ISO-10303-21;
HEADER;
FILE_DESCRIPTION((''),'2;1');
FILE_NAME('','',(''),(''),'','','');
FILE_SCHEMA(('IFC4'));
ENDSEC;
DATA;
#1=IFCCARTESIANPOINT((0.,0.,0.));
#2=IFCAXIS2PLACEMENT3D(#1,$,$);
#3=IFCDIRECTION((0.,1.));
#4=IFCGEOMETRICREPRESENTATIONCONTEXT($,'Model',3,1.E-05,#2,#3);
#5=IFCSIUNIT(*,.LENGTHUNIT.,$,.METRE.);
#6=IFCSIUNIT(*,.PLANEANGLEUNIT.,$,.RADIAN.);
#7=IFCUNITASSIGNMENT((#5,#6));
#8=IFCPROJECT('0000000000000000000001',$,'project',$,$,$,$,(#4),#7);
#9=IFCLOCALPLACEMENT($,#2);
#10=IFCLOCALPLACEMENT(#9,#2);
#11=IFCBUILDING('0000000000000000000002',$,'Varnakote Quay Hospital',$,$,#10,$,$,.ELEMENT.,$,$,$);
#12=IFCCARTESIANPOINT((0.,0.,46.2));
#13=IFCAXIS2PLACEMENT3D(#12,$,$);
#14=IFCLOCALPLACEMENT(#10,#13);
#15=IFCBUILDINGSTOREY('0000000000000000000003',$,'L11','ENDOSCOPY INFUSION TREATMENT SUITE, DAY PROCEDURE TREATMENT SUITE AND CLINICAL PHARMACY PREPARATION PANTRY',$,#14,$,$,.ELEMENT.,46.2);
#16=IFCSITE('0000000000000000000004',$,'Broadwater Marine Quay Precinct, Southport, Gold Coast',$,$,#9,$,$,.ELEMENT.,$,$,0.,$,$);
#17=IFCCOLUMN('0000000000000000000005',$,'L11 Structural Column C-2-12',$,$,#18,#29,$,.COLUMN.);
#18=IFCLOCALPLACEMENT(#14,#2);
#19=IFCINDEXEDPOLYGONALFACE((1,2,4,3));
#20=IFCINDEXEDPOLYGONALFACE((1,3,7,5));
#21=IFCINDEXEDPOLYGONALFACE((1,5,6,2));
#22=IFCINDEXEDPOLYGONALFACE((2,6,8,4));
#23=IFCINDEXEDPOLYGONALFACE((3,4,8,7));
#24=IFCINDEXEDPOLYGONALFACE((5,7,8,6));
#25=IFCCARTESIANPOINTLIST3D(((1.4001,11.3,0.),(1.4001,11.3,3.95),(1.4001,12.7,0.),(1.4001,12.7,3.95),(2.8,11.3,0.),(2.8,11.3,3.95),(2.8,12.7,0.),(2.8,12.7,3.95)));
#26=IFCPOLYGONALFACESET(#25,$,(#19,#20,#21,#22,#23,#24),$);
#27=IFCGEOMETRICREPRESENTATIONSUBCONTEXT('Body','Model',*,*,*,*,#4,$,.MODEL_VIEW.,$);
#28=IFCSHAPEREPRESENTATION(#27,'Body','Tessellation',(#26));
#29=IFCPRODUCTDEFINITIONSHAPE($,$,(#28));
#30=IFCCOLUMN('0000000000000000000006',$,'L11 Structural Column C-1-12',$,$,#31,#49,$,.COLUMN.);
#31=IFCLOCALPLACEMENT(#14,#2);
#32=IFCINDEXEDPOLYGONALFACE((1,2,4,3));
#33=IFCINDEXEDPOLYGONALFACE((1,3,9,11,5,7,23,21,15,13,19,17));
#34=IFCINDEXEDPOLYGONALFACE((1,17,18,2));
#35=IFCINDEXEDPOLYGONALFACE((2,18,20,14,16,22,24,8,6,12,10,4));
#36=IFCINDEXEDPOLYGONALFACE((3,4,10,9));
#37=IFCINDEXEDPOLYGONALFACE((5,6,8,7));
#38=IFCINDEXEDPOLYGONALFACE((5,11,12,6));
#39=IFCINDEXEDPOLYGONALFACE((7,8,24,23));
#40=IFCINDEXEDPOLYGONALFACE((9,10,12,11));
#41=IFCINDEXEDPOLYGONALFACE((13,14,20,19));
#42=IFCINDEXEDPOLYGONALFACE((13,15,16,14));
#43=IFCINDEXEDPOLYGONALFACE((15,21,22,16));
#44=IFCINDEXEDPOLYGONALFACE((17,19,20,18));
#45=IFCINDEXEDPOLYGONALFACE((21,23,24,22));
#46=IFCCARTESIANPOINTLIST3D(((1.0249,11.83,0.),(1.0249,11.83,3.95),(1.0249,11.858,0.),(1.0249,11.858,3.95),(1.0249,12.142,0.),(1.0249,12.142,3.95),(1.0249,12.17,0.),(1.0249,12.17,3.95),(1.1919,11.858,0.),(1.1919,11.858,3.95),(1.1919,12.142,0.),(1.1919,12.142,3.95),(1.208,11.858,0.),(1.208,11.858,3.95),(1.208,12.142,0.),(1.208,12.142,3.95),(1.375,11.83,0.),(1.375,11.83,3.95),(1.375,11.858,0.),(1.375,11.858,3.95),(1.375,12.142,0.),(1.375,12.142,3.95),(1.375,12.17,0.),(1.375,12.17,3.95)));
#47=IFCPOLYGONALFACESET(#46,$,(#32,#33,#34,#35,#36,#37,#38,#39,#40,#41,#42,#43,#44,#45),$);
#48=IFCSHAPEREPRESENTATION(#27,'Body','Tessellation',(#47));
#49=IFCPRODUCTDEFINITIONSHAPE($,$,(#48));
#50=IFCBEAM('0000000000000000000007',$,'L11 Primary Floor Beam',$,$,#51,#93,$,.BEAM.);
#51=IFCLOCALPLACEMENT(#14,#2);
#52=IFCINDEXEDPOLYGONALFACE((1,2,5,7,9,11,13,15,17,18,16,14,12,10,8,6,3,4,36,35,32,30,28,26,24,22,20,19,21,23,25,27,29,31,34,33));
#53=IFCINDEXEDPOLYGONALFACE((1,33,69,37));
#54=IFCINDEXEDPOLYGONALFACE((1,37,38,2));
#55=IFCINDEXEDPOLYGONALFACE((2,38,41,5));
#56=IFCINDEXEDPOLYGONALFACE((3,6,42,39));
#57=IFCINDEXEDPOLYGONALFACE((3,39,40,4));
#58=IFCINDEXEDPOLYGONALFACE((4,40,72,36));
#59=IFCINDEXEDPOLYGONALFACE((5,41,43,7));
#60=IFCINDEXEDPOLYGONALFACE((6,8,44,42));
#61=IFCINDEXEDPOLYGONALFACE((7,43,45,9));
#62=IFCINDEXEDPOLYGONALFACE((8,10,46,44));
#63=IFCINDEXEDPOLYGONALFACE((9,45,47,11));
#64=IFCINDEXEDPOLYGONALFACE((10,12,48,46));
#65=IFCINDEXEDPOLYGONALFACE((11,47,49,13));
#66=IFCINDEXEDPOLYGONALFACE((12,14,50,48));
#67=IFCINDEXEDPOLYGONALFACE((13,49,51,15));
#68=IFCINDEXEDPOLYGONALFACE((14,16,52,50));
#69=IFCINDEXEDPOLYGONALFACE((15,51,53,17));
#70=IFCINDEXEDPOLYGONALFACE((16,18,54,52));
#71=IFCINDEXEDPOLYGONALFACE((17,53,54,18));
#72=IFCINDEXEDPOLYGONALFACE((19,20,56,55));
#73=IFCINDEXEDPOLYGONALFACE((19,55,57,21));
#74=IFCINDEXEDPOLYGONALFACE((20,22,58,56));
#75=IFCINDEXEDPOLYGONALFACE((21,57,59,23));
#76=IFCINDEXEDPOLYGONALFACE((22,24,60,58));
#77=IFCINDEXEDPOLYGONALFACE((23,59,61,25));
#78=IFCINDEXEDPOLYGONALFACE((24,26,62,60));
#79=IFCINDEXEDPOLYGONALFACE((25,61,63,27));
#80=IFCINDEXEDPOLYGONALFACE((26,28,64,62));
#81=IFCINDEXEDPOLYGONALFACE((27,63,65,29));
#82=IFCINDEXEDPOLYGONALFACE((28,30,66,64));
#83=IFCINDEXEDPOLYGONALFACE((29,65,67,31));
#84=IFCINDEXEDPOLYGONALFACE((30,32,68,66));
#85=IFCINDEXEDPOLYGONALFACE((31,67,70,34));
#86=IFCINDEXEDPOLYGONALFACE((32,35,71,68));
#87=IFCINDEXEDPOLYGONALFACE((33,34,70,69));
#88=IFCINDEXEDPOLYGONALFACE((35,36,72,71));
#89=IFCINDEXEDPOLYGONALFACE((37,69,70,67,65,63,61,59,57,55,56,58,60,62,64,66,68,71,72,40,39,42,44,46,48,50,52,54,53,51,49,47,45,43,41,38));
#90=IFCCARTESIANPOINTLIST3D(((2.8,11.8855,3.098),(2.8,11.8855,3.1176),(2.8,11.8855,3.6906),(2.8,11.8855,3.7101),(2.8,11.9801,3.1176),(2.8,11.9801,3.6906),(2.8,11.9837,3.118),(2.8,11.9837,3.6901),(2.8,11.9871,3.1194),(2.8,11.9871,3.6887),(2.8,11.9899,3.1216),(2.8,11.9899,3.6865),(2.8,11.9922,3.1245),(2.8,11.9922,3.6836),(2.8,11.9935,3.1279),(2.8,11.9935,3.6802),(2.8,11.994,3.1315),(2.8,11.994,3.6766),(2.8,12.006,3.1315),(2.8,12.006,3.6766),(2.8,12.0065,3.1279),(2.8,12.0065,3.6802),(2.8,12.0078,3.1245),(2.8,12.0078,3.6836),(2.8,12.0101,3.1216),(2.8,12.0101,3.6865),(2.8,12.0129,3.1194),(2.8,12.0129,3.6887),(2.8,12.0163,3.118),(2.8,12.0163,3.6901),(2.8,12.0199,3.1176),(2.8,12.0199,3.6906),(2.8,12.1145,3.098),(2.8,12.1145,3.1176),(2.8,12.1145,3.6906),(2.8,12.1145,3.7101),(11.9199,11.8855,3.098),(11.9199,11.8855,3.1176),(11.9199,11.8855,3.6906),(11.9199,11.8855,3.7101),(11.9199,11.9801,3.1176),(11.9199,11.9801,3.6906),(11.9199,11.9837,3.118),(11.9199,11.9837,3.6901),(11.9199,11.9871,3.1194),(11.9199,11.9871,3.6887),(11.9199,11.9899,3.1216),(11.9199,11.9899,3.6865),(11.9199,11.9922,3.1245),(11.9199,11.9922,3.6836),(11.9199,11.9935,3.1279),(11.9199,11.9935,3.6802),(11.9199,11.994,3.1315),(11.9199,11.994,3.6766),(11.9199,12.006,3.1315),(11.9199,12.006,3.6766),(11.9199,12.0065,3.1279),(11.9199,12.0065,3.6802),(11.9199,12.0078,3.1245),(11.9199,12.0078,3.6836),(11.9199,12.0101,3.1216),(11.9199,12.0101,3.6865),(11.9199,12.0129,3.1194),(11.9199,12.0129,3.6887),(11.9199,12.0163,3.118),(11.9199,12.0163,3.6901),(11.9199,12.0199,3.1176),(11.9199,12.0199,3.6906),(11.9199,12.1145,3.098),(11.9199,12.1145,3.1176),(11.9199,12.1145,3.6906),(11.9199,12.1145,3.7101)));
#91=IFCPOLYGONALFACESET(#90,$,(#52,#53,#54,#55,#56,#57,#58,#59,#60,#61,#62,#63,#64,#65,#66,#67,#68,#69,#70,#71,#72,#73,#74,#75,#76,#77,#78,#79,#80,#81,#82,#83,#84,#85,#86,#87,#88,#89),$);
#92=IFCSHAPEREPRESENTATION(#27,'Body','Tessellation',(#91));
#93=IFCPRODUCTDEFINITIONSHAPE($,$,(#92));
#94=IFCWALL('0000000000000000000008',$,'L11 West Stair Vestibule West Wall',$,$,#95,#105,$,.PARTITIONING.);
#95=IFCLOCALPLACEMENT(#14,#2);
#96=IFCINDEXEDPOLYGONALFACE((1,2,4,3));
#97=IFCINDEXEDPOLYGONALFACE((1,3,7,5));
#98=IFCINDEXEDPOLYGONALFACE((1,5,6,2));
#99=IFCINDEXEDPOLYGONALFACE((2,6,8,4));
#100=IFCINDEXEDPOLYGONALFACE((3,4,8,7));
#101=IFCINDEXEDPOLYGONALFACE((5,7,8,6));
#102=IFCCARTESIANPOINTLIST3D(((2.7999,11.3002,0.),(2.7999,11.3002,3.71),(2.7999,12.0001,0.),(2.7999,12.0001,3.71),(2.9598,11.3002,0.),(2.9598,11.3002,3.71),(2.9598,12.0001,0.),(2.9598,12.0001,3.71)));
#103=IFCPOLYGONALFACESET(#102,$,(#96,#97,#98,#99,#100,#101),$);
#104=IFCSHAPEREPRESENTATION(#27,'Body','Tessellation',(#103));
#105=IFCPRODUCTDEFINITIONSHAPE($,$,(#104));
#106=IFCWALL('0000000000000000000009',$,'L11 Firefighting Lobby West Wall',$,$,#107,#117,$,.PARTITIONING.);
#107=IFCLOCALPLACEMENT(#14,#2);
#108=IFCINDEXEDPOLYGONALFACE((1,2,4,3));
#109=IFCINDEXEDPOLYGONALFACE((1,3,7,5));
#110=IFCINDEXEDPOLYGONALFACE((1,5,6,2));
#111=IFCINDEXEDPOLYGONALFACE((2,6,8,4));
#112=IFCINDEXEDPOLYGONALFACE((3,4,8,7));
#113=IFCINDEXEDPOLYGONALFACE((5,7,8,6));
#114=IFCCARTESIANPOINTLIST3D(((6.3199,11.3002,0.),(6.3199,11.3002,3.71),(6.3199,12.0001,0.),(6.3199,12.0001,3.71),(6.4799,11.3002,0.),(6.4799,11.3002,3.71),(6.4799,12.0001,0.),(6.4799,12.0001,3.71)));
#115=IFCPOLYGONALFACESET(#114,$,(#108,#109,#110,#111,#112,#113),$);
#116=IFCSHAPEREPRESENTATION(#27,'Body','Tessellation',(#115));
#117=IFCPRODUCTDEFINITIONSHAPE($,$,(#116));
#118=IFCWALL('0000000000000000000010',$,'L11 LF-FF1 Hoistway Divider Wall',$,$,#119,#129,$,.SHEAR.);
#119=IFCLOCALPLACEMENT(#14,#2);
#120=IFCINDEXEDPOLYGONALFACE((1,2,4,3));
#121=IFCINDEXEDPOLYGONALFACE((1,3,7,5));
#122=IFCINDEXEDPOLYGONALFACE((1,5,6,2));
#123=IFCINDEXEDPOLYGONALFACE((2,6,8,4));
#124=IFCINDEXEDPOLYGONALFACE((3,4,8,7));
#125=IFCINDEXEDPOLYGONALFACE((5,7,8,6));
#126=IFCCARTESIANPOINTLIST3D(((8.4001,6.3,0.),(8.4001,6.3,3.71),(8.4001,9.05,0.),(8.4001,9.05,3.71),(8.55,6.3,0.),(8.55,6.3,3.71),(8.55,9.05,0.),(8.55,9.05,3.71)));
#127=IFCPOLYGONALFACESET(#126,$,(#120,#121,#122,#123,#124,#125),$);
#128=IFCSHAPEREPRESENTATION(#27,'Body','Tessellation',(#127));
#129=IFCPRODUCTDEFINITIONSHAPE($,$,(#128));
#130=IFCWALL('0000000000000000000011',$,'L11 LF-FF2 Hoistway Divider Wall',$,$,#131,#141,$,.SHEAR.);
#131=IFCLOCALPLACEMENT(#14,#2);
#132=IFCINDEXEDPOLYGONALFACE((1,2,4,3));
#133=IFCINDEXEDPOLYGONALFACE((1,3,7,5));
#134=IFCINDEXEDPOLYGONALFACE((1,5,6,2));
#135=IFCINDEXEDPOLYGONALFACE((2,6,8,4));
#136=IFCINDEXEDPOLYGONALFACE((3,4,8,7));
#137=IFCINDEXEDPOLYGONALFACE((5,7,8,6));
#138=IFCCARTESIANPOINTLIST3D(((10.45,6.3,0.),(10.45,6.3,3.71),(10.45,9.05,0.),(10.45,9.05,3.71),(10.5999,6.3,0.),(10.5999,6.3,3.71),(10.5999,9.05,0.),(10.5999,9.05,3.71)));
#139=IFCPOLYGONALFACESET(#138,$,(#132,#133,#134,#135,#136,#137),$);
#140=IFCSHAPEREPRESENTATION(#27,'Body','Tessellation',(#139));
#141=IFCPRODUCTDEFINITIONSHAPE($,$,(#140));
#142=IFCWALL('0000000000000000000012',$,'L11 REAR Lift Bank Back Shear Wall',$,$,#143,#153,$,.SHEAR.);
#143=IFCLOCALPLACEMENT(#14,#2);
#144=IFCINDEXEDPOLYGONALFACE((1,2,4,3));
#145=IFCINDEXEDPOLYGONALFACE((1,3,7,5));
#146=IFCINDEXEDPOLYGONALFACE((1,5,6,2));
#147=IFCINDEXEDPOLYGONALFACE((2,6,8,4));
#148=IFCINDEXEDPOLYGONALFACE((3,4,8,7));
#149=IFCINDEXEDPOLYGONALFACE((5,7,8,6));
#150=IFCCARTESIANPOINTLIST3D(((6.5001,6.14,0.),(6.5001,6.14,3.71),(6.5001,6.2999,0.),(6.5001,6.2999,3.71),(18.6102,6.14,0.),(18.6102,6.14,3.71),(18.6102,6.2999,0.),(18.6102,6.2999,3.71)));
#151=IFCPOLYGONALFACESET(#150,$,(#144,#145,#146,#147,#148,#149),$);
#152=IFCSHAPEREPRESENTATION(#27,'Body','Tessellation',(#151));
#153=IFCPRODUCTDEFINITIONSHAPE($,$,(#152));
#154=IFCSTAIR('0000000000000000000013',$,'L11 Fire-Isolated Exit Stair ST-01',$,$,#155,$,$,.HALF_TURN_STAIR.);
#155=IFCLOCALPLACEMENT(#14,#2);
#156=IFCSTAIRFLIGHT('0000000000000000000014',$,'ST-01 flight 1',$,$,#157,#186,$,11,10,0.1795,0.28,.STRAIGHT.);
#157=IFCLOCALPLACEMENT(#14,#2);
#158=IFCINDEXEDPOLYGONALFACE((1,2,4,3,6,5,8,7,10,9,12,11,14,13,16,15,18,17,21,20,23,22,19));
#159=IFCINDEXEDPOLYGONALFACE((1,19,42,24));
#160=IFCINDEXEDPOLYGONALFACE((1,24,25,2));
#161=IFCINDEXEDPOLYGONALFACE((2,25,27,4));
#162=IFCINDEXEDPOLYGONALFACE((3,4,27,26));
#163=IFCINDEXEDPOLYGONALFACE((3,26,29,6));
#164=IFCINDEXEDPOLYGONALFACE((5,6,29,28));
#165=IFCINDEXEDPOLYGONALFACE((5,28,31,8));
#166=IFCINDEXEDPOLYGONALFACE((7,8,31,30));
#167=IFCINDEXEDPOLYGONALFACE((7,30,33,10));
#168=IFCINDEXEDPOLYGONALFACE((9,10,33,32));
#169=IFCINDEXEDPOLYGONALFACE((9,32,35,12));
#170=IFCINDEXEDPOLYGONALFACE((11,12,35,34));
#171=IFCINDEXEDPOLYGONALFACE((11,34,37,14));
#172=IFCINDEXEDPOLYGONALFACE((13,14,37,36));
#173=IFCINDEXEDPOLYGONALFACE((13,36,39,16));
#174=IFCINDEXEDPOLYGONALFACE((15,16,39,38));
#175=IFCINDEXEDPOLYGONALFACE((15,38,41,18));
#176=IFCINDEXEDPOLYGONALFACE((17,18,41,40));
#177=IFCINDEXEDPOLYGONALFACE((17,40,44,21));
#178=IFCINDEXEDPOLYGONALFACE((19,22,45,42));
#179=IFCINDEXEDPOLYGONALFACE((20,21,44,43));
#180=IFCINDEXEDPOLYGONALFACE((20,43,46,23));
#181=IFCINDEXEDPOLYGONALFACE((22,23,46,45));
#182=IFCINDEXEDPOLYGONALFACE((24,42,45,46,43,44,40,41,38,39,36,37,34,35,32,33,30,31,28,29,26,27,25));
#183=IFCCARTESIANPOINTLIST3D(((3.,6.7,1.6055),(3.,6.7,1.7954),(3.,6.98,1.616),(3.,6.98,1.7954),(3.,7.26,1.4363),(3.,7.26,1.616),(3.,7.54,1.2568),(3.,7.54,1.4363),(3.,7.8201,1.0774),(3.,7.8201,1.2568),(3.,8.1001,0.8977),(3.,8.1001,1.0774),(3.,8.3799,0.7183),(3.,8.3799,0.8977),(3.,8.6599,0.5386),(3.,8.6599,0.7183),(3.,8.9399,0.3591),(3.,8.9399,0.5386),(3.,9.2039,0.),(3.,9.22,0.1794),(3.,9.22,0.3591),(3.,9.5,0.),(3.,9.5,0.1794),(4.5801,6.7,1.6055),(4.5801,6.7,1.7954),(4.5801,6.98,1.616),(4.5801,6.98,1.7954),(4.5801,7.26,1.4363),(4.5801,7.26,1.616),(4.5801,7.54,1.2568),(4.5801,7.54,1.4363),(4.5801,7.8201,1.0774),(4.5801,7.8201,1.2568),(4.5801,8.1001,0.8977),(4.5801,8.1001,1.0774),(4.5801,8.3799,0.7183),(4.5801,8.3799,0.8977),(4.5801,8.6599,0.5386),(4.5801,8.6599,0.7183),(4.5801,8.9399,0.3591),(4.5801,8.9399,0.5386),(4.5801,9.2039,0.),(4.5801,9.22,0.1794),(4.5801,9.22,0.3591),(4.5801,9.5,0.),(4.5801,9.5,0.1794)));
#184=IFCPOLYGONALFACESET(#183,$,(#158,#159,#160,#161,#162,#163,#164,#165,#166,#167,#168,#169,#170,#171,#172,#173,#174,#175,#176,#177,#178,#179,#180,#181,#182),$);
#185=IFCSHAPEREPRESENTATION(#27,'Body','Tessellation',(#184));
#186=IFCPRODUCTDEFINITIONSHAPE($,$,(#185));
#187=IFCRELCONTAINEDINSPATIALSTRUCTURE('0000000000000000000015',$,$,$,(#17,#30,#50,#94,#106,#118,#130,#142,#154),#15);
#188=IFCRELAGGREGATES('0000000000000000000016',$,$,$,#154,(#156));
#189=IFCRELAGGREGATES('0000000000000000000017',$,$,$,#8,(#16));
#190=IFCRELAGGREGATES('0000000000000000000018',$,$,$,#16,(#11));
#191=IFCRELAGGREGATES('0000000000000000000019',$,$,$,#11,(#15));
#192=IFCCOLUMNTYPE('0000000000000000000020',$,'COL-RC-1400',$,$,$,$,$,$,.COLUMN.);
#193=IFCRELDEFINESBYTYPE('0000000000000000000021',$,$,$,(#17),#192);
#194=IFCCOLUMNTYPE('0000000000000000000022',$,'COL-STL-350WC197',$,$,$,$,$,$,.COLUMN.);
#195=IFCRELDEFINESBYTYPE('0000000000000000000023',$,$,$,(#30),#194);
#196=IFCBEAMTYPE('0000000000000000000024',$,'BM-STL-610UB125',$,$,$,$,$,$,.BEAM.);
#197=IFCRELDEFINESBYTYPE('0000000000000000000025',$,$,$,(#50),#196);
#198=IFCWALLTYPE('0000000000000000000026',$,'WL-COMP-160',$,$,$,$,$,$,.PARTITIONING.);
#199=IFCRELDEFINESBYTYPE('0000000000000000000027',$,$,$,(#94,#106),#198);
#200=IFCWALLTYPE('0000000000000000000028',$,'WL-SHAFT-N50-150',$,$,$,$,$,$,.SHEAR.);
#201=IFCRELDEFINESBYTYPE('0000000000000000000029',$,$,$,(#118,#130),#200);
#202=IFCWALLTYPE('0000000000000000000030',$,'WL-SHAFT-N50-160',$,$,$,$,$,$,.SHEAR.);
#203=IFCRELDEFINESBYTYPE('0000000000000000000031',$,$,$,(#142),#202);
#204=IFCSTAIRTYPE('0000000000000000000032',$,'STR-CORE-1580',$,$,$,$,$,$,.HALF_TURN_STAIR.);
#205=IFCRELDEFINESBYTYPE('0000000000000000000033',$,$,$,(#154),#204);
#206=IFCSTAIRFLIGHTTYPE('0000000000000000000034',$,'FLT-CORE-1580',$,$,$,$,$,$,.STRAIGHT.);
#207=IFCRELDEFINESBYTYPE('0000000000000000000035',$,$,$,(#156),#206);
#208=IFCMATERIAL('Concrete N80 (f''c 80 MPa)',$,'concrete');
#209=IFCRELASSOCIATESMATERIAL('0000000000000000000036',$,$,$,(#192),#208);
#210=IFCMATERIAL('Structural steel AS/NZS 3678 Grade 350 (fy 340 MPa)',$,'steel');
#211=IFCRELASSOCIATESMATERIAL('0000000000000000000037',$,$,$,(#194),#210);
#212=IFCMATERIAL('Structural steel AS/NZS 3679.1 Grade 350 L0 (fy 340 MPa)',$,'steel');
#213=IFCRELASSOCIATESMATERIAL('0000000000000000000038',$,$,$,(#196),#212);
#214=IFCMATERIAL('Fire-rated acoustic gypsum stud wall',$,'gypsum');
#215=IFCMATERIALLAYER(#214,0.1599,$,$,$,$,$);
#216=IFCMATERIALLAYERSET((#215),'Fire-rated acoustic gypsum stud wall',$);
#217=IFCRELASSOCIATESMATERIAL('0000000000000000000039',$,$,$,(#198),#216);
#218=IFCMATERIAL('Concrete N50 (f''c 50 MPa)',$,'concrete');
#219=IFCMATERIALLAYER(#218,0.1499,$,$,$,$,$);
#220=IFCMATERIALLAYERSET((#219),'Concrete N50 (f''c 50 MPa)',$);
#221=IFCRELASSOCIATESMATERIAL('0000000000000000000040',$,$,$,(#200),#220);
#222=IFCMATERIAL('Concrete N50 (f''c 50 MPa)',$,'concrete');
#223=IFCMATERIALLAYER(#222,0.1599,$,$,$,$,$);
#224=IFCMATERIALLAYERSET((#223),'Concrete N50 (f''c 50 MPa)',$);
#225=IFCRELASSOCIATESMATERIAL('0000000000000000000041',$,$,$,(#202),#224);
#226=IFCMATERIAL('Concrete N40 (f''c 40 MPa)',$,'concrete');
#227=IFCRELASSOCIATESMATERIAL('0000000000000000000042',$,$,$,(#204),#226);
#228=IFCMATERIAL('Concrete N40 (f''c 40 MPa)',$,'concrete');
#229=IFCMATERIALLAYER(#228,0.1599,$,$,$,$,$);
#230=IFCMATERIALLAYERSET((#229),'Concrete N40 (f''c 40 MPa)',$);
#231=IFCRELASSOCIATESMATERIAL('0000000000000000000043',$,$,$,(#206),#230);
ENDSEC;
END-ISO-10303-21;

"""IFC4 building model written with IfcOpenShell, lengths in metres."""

from ifc_helpers import new_model, si_unit, direction, frame, frame_2d, origin, origin_2d, place, context, subcontext, project, spatial, polyline, rectangle, i_section, outline, extrude, material, layer, layer_set, material_profile, profile_set, type_object, element, aggregate, save


model = new_model("IFC4")

# Units and contexts
model_context = context("Model", 3, precision=1e-05, world=origin(), true_north=direction((0.0, 1.0)))
body_context = subcontext(model_context, "Body", "Model", "MODEL_VIEW")
ifc_project = project(units=[si_unit("LENGTHUNIT", "METRE"), si_unit("PLANEANGLEUNIT", "RADIAN")], contexts=[model_context])

# Site, building, storey
site_placement = place(None, origin())
site = spatial("IfcSite", under=ifc_project, at=site_placement, Name="Broadwater Marine Quay Precinct, Southport, Gold Coast", CompositionType="ELEMENT", RefElevation=0.0)
building_placement = place(site_placement, origin())
building = spatial("IfcBuilding", under=site, at=building_placement, Name="Varnakote Quay Hospital", CompositionType="ELEMENT")
storey_placement = place(building_placement, frame((0.0, 0.0, 46.2)))
storey = spatial("IfcBuildingStorey", under=building, at=storey_placement, Name="L11", Description="ENDOSCOPY INFUSION TREATMENT SUITE, DAY PROCEDURE TREATMENT SUITE AND CLINICAL PHARMACY PREPARATION PANTRY", CompositionType="ELEMENT", Elevation=46.2)

# Columns
ifc_material_1 = material(Name="Concrete N80 (f'c 80 MPa)", Category="concrete")
ifc_material_profile_1 = material_profile(ifc_material_1, rectangle(XDim=1.3999, YDim=1.3999, at=origin_2d()), Name="RC-COL-1400x1400")
ifc_profile_set_1 = profile_set([ifc_material_profile_1], Name="Concrete N80 (f'c 80 MPa)")
column_type_1 = type_object("IfcColumnType", Name="COL-RC-1400", PredefinedType="COLUMN", material=ifc_profile_set_1)
column_1_placement = place(storey_placement, frame((2.1001, 12.0, 0.0), z_axis=(0.0, 0.0, 1.0), x_axis=(1.0, 0.0, 0.0)))
element("IfcColumn", 1, at=column_1_placement, inside=storey, type_object=column_type_1, Name="L11 Structural Column C-2-12", PredefinedType="COLUMN", context=body_context, shape_type="SweptSolid", body=[
    extrude(rectangle(XDim=1.3999, YDim=1.3999, at=origin_2d()), origin(), (0.0, 0.0, 1.0), 3.95),
])
ifc_material_2 = material(Name="Structural steel AS/NZS 3678 Grade 350 (fy 340 MPa)", Category="steel")
ifc_material_profile_2 = material_profile(ifc_material_2, i_section(OverallWidth=0.3501, OverallDepth=0.3401, WebThickness=0.0161, FlangeThickness=0.0281, at=origin_2d()), Name="350WC197")
ifc_profile_set_2 = profile_set([ifc_material_profile_2], Name="Structural steel AS/NZS 3678 Grade 350 (fy 340 MPa)")
column_type_2 = type_object("IfcColumnType", Name="COL-STL-350WC197", PredefinedType="COLUMN", material=ifc_profile_set_2)
column_2_placement = place(storey_placement, frame((1.2, 12.0, 0.0), z_axis=(0.0, 0.0, 1.0), x_axis=(1.0, 0.0, 0.0)))
element("IfcColumn", 2, at=column_2_placement, inside=storey, type_object=column_type_2, Name="L11 Structural Column C-1-12", PredefinedType="COLUMN", context=body_context, shape_type="SweptSolid", body=[
    extrude(i_section(OverallWidth=0.3501, OverallDepth=0.3401, WebThickness=0.0161, FlangeThickness=0.0281, at=origin_2d()), origin(), (0.0, 0.0, 1.0), 3.95),
])

# Beam
ifc_material_3 = material(Name="Structural steel AS/NZS 3679.1 Grade 350 L0 (fy 340 MPa)", Category="steel")
ifc_material_profile_3 = material_profile(ifc_material_3, i_section(OverallWidth=0.229, OverallDepth=0.6121, WebThickness=0.012, FlangeThickness=0.0195, FilletRadius=0.0139, at=origin_2d()), Name="610UB125")
ifc_profile_set_3 = profile_set([ifc_material_profile_3], Name="Structural steel AS/NZS 3679.1 Grade 350 L0 (fy 340 MPa)")
beam_type = type_object("IfcBeamType", Name="BM-STL-610UB125", PredefinedType="BEAM", material=ifc_profile_set_3)
beam_placement = place(storey_placement, frame((2.8, 12.0, 3.4041), z_axis=(1.0, 0.0, 0.0), x_axis=(0.0, 1.0, 0.0)))
element("IfcBeam", 3, at=beam_placement, inside=storey, type_object=beam_type, Name="L11 Primary Floor Beam", PredefinedType="BEAM", context=body_context, shape_type="SweptSolid", body=[
    extrude(i_section(OverallWidth=0.229, OverallDepth=0.6121, WebThickness=0.012, FlangeThickness=0.0195, FilletRadius=0.0139, at=origin_2d()), origin(), (0.0, 0.0, 1.0), 9.1199),
])

# Walls
ifc_material_4 = material(Name="Fire-rated acoustic gypsum stud wall", Category="gypsum")
ifc_layer_1 = layer(ifc_material_4, 0.1599)
ifc_layer_set_1 = layer_set([ifc_layer_1], Name="Fire-rated acoustic gypsum stud wall")
wall_type_1 = type_object("IfcWallType", Name="WL-COMP-160", PredefinedType="PARTITIONING", material=ifc_layer_set_1)
for number, where, z_axis, x_axis, name in (
    (4, (2.8799, 11.3, 0.0), (0.0, 0.0, 1.0), (0.0, 1.0, 0.0), "L11 West Stair Vestibule West Wall"),
    (5, (6.3999, 11.3, 0.0), (0.0, 0.0, 1.0), (0.0, 1.0, 0.0), "L11 Firefighting Lobby West Wall"),
):
    element("IfcWall", number, at=place(storey_placement, frame(where, z_axis=z_axis, x_axis=x_axis)), inside=storey, type_object=wall_type_1, Name=name, PredefinedType="PARTITIONING", context=body_context, shape_type="SweptSolid", body=[
        extrude(rectangle(XDim=0.7, YDim=0.1599, at=frame_2d((0.3501, 0.0))), origin(), (0.0, 0.0, 1.0), 3.71),
    ])
ifc_material_5 = material(Name="Concrete N50 (f'c 50 MPa)", Category="concrete")
ifc_layer_2 = layer(ifc_material_5, 0.1499)
ifc_layer_set_2 = layer_set([ifc_layer_2], Name="Concrete N50 (f'c 50 MPa)")
wall_type_2 = type_object("IfcWallType", Name="WL-SHAFT-N50-150", PredefinedType="SHEAR", material=ifc_layer_set_2)
for number, where, z_axis, x_axis, name in (
    (6, (8.4751, 6.3, 0.0), (0.0, 0.0, 1.0), (0.0, 1.0, 0.0), "L11 LF-FF1 Hoistway Divider Wall"),
    (7, (10.5249, 6.3, 0.0), (0.0, 0.0, 1.0), (0.0, 1.0, 0.0), "L11 LF-FF2 Hoistway Divider Wall"),
):
    element("IfcWall", number, at=place(storey_placement, frame(where, z_axis=z_axis, x_axis=x_axis)), inside=storey, type_object=wall_type_2, Name=name, PredefinedType="SHEAR", context=body_context, shape_type="SweptSolid", body=[
        extrude(rectangle(XDim=2.75, YDim=0.1499, at=frame_2d((1.375, 0.0))), origin(), (0.0, 0.0, 1.0), 3.71),
    ])
ifc_material_6 = material(Name="Concrete N50 (f'c 50 MPa)", Category="concrete")
ifc_layer_3 = layer(ifc_material_6, 0.1599)
ifc_layer_set_3 = layer_set([ifc_layer_3], Name="Concrete N50 (f'c 50 MPa)")
wall_type_3 = type_object("IfcWallType", Name="WL-SHAFT-N50-160", PredefinedType="SHEAR", material=ifc_layer_set_3)
wall_1_placement = place(storey_placement, frame((6.5, 6.22, 0.0), z_axis=(0.0, 0.0, 1.0), x_axis=(1.0, 0.0, 0.0)))
element("IfcWall", 8, at=wall_1_placement, inside=storey, type_object=wall_type_3, Name="L11 REAR Lift Bank Back Shear Wall", PredefinedType="SHEAR", context=body_context, shape_type="SweptSolid", body=[
    extrude(rectangle(XDim=12.1101, YDim=0.1599, at=frame_2d((6.0552, 0.0))), origin(), (0.0, 0.0, 1.0), 3.71),
])

# Stair, stair flight
ifc_material_7 = material(Name="Concrete N40 (f'c 40 MPa)", Category="concrete")
stair_type = type_object("IfcStairType", Name="STR-CORE-1580", PredefinedType="HALF_TURN_STAIR", material=ifc_material_7)
stair_placement = place(storey_placement, origin())
stair = element("IfcStair", 9, at=stair_placement, inside=storey, type_object=stair_type, Name="L11 Fire-Isolated Exit Stair ST-01", PredefinedType="HALF_TURN_STAIR")
ifc_material_8 = material(Name="Concrete N40 (f'c 40 MPa)", Category="concrete")
ifc_layer_4 = layer(ifc_material_8, 0.1599)
ifc_layer_set_4 = layer_set([ifc_layer_4], Name="Concrete N40 (f'c 40 MPa)")
stair_flight_type = type_object("IfcStairFlightType", Name="FLT-CORE-1580", PredefinedType="STRAIGHT", material=ifc_layer_set_4)
stair_flight_1_placement = place(storey_placement, frame((3.79, 9.5, 0.0), z_axis=(0.0, 0.0, 1.0), x_axis=(0.0, -1.0, 0.0)))
stair_flight_1 = element("IfcStairFlight", 10, at=stair_flight_1_placement, type_object=stair_flight_type, Name="ST-01 flight 1", NumberOfRisers=11, NumberOfTreads=10, PredefinedType="STRAIGHT", RiserHeight=0.1795, TreadLength=0.28, context=body_context, shape_type="SweptSolid", body=[
    extrude(outline(polyline([(0.0, 0.0), (0.0, 0.1794), (0.28, 0.1794), (0.28, 0.3591), (0.5601, 0.3591), (0.5601, 0.5386), (0.8401, 0.5386), (0.8401, 0.7183), (1.1201, 0.7183), (1.1201, 0.8977), (1.3999, 0.8977), (1.3999, 1.0774), (1.6799, 1.0774), (1.6799, 1.2568), (1.96, 1.2568), (1.96, 1.4363), (2.24, 1.4363), (2.24, 1.616), (2.52, 1.616), (2.52, 1.7954), (2.8, 1.7954), (2.8, 1.9751), (2.8, 1.6055), (0.2961, 0.0), (0.0, 0.0)])), frame((0.0, 0.79, 0.0), z_axis=(0.0, -1.0, 0.0), x_axis=(1.0, 0.0, 0.0)), (0.0, 0.0, 1.0), 1.5801),
])
aggregate(stair, [stair_flight_1])

save(model, "model.ifc")
